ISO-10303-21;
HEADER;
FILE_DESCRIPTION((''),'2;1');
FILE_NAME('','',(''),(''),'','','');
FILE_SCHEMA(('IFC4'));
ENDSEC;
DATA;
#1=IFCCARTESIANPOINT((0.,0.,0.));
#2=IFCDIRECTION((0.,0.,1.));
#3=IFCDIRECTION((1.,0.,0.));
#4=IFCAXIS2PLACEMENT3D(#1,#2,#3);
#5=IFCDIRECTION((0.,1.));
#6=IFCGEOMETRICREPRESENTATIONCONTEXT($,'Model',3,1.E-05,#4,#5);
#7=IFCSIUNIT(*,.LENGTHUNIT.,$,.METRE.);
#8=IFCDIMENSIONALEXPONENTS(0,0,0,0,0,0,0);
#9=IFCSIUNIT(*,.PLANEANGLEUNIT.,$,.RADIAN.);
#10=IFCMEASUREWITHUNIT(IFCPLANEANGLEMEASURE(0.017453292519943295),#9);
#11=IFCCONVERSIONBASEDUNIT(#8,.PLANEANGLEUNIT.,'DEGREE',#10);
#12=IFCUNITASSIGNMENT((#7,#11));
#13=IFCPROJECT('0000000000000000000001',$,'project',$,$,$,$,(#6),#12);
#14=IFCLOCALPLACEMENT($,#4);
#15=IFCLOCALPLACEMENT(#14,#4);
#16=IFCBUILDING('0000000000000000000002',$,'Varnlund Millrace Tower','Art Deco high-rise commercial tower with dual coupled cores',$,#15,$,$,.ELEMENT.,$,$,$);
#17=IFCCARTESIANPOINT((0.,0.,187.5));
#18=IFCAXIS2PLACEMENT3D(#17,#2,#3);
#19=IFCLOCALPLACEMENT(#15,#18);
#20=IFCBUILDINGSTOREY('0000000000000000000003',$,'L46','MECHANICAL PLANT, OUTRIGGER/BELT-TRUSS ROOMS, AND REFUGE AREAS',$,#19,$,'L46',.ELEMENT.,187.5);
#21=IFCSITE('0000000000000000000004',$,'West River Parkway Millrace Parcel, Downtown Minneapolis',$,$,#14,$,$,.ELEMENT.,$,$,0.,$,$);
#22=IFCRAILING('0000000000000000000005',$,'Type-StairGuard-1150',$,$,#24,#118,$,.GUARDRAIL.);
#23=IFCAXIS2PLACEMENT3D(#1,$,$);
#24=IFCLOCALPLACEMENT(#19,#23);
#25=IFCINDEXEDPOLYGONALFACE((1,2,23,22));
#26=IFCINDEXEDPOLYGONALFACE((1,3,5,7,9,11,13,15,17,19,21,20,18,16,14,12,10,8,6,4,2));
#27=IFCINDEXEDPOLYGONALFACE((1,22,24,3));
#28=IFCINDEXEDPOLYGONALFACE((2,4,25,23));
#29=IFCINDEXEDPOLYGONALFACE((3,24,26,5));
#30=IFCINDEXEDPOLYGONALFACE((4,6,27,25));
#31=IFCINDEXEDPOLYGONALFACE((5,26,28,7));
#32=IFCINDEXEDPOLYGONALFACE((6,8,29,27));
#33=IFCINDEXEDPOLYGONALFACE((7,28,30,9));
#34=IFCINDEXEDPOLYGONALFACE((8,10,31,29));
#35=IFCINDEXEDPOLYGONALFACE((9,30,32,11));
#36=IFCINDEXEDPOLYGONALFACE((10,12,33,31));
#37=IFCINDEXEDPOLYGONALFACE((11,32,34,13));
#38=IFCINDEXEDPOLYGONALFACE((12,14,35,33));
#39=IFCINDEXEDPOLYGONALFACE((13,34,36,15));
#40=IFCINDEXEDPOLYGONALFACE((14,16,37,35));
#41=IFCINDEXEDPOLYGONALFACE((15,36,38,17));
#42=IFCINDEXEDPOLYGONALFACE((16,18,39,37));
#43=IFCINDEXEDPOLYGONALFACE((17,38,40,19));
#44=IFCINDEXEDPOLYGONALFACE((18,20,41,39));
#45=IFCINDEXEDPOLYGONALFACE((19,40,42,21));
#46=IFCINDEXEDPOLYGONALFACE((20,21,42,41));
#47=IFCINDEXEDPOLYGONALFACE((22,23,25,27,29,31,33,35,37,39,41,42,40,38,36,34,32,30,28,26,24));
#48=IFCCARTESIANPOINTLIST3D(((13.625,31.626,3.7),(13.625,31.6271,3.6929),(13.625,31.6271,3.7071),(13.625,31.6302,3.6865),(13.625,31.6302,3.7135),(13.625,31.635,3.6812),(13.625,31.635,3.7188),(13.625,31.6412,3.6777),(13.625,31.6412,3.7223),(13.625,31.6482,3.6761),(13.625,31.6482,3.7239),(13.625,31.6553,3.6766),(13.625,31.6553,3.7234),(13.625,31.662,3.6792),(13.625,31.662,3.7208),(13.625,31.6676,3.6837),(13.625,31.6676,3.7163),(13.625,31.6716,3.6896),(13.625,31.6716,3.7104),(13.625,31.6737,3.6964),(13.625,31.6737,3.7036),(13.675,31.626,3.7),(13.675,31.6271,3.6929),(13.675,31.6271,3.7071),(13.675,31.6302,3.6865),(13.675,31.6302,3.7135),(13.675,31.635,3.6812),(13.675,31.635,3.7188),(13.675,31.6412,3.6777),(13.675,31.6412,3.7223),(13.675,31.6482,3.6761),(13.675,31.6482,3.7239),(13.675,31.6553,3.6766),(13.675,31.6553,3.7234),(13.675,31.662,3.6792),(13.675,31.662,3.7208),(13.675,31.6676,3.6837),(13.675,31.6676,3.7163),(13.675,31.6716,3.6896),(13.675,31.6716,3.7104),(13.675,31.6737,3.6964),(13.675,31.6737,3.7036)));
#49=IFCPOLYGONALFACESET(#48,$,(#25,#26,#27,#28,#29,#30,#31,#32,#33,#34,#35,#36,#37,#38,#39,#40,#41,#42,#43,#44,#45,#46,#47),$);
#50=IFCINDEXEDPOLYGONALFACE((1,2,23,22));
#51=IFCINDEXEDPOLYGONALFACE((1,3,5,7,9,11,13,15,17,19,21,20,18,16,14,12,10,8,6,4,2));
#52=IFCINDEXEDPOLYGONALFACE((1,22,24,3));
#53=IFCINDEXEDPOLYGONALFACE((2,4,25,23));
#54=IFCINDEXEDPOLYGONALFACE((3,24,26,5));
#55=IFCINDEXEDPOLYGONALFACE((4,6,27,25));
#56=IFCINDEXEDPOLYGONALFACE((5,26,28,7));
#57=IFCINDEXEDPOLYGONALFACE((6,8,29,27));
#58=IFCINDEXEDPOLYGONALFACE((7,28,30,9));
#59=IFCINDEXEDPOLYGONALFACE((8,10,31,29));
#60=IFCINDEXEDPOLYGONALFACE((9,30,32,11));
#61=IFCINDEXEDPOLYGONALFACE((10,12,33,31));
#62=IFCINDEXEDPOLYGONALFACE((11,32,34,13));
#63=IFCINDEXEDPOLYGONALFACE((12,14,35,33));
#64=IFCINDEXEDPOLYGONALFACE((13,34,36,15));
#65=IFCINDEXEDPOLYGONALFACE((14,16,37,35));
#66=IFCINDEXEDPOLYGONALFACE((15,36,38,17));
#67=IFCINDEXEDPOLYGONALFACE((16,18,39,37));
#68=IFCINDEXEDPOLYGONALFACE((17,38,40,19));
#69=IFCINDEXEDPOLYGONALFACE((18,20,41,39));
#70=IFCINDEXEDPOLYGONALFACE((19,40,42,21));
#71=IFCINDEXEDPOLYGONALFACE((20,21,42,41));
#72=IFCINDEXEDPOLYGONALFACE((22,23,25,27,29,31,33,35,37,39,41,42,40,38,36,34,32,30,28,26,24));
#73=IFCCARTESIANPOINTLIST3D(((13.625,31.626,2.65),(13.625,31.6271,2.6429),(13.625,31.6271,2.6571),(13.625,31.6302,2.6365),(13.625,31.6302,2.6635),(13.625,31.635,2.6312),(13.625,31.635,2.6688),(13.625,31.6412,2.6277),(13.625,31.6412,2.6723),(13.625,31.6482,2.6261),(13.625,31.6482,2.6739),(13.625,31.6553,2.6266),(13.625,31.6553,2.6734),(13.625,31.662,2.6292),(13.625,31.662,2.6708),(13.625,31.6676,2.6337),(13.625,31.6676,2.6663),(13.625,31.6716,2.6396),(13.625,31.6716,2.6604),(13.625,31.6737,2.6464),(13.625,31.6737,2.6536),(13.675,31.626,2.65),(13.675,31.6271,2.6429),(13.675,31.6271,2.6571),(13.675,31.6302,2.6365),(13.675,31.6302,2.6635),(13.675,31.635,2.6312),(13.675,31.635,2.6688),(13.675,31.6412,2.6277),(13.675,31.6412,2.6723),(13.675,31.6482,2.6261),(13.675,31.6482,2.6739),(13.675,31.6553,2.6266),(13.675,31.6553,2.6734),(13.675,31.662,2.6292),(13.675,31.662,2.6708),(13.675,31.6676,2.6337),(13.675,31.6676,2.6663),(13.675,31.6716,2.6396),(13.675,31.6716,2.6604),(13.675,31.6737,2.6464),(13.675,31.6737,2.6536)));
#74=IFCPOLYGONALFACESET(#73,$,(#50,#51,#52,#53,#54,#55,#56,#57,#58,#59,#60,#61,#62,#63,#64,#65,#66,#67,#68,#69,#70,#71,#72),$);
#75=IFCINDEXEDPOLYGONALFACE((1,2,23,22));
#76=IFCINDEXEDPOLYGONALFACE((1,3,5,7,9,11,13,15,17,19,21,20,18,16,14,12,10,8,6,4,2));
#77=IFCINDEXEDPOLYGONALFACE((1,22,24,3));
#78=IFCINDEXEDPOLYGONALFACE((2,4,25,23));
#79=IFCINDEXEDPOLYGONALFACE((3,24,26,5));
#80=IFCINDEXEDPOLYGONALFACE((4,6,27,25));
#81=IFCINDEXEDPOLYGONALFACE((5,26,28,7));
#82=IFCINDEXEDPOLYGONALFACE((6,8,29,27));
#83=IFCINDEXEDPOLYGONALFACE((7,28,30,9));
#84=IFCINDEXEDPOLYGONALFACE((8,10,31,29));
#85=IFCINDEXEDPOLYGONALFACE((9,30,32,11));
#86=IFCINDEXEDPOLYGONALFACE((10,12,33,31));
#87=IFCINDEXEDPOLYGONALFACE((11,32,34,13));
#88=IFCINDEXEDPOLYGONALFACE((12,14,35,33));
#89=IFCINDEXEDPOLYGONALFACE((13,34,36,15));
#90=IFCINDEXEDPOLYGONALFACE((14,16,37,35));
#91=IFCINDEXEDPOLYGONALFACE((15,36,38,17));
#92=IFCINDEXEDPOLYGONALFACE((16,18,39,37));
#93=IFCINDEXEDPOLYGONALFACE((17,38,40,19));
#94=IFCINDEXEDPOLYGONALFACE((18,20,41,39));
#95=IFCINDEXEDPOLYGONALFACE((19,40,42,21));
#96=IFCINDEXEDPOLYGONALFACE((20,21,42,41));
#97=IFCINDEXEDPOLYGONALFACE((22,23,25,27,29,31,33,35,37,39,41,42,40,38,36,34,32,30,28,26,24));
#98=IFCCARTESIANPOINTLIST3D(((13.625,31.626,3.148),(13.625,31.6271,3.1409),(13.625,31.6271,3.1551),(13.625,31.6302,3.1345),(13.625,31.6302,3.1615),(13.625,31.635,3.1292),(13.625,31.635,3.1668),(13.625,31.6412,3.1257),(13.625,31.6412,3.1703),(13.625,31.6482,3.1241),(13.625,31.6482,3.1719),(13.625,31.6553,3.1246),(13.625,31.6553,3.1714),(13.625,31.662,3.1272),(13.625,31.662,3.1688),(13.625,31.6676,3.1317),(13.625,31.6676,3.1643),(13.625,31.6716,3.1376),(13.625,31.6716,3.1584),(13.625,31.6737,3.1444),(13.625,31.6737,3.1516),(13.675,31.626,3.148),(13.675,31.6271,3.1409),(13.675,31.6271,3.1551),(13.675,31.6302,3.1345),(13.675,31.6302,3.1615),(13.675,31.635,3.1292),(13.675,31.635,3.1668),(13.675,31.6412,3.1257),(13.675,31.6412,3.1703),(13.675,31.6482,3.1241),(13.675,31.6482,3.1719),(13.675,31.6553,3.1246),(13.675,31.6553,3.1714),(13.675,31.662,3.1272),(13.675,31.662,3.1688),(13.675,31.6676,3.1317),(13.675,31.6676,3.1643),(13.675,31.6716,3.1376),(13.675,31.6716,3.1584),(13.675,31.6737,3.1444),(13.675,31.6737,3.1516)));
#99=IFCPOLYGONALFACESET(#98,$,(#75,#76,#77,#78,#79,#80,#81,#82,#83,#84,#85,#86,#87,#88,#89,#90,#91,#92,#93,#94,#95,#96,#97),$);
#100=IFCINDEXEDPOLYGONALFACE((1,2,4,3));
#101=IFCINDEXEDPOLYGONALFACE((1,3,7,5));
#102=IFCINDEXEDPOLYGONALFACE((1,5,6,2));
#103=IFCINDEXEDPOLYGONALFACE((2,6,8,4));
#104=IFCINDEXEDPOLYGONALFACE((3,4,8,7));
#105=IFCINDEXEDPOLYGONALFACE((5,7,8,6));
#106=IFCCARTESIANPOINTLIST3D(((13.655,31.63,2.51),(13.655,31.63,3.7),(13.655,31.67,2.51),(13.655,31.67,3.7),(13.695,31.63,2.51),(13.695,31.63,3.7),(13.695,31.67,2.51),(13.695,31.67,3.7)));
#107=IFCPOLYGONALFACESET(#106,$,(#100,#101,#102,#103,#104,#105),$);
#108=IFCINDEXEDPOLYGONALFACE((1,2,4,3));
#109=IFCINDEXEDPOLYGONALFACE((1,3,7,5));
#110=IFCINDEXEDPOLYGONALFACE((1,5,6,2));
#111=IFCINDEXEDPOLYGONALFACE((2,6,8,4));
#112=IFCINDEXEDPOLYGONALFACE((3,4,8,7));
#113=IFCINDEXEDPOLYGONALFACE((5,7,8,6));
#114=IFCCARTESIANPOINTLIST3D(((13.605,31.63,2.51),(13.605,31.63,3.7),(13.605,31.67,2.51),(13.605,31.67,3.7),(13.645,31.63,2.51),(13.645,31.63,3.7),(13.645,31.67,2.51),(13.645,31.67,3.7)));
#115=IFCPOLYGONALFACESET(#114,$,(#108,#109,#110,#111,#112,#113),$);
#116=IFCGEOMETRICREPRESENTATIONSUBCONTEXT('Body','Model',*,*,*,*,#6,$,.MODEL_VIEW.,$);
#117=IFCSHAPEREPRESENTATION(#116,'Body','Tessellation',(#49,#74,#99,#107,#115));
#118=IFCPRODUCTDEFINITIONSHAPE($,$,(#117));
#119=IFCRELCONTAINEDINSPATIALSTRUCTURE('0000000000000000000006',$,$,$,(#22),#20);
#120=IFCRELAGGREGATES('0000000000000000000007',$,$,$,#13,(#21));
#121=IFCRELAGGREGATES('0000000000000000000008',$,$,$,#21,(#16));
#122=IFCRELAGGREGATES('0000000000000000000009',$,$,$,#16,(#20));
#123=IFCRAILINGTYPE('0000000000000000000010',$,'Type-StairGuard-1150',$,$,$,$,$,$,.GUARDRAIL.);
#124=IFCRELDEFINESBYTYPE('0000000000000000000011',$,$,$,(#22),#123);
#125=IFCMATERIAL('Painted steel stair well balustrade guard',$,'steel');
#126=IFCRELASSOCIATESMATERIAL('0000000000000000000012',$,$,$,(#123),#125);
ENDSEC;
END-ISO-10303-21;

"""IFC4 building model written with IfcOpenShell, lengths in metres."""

from ifc_helpers import new_model, entity, si_unit, converted_unit, direction, frame, origin_with_axes, origin_2d_with_axis, place, context, subcontext, project, spatial, rectangle, circle, extrude, material, type_object, element, save


model = new_model("IFC4")

# Units and contexts
model_context = context("Model", 3, precision=1e-05, world=origin_with_axes(), true_north=direction((0.0, 1.0)))
body_context = subcontext(model_context, "Body", "Model", "MODEL_VIEW")
ifc_project = project(units=[si_unit("LENGTHUNIT", "METRE"), converted_unit("PLANEANGLEUNIT", "DEGREE", entity("IfcPlaneAngleMeasure", 0.017453292519943295), si_unit("PLANEANGLEUNIT", "RADIAN"), dimensions=[0, 0, 0, 0, 0, 0, 0])], contexts=[model_context])

# Site, building, storey
site_placement = place(None, origin_with_axes())
site = spatial("IfcSite", under=ifc_project, at=site_placement, Name="West River Parkway Millrace Parcel, Downtown Minneapolis", CompositionType="ELEMENT", RefElevation=0.0)
building_placement = place(site_placement, origin_with_axes())
building = spatial("IfcBuilding", under=site, at=building_placement, Name="Varnlund Millrace Tower", Description="Art Deco high-rise commercial tower with dual coupled cores", CompositionType="ELEMENT")
storey_placement = place(building_placement, frame((0.0, 0.0, 187.5), z_axis=(0.0, 0.0, 1.0), x_axis=(1.0, 0.0, 0.0)))
storey = spatial("IfcBuildingStorey", under=building, at=storey_placement, Name="L46", Description="MECHANICAL PLANT, OUTRIGGER/BELT-TRUSS ROOMS, AND REFUGE AREAS", LongName="L46", CompositionType="ELEMENT", Elevation=187.5)

# Railing
ifc_material_1 = material(Name="Painted steel stair well balustrade guard", Category="steel")
railing_type_1 = type_object("IfcRailingType", Name="Type-StairGuard-1150", PredefinedType="GUARDRAIL", material=ifc_material_1)
railing_1_placement = place(storey_placement, frame((0.0, 0.0, -187.5), z_axis=(0.0, 0.0, 1.0), x_axis=(1.0, 0.0, 0.0)))
element("IfcRailing", 1, at=railing_1_placement, inside=storey, type_object=railing_type_1, Name="Type-StairGuard-1150", PredefinedType="GUARDRAIL", context=body_context, shape_type="SweptSolid", body=[
    extrude(circle(Radius=0.024, at=origin_2d_with_axis()), frame((13.675, 31.65, 191.2), z_axis=(-1.0, 0.0, 0.0), x_axis=(0.0, -1.0, 0.0)), (0.0, 0.0, 1.0), 0.05),
    extrude(circle(Radius=0.024, at=origin_2d_with_axis()), frame((13.675, 31.65, 190.15), z_axis=(-1.0, 0.0, 0.0), x_axis=(0.0, -1.0, 0.0)), (0.0, 0.0, 1.0), 0.05),
    extrude(circle(Radius=0.024, at=origin_2d_with_axis()), frame((13.675, 31.65, 190.648), z_axis=(-1.0, 0.0, 0.0), x_axis=(0.0, -1.0, 0.0)), (0.0, 0.0, 1.0), 0.05),
    extrude(rectangle(XDim=0.04, YDim=0.04, at=origin_2d_with_axis()), frame((13.675, 31.65, 190.01), z_axis=(0.0, 0.0, 1.0), x_axis=(1.0, 0.0, 0.0)), (0.0, 0.0, 1.0), 1.19),
    extrude(rectangle(XDim=0.04, YDim=0.04, at=origin_2d_with_axis()), frame((13.625, 31.65, 190.01), z_axis=(0.0, 0.0, 1.0), x_axis=(1.0, 0.0, 0.0)), (0.0, 0.0, 1.0), 1.19),
])

save(model, "model.ifc")
